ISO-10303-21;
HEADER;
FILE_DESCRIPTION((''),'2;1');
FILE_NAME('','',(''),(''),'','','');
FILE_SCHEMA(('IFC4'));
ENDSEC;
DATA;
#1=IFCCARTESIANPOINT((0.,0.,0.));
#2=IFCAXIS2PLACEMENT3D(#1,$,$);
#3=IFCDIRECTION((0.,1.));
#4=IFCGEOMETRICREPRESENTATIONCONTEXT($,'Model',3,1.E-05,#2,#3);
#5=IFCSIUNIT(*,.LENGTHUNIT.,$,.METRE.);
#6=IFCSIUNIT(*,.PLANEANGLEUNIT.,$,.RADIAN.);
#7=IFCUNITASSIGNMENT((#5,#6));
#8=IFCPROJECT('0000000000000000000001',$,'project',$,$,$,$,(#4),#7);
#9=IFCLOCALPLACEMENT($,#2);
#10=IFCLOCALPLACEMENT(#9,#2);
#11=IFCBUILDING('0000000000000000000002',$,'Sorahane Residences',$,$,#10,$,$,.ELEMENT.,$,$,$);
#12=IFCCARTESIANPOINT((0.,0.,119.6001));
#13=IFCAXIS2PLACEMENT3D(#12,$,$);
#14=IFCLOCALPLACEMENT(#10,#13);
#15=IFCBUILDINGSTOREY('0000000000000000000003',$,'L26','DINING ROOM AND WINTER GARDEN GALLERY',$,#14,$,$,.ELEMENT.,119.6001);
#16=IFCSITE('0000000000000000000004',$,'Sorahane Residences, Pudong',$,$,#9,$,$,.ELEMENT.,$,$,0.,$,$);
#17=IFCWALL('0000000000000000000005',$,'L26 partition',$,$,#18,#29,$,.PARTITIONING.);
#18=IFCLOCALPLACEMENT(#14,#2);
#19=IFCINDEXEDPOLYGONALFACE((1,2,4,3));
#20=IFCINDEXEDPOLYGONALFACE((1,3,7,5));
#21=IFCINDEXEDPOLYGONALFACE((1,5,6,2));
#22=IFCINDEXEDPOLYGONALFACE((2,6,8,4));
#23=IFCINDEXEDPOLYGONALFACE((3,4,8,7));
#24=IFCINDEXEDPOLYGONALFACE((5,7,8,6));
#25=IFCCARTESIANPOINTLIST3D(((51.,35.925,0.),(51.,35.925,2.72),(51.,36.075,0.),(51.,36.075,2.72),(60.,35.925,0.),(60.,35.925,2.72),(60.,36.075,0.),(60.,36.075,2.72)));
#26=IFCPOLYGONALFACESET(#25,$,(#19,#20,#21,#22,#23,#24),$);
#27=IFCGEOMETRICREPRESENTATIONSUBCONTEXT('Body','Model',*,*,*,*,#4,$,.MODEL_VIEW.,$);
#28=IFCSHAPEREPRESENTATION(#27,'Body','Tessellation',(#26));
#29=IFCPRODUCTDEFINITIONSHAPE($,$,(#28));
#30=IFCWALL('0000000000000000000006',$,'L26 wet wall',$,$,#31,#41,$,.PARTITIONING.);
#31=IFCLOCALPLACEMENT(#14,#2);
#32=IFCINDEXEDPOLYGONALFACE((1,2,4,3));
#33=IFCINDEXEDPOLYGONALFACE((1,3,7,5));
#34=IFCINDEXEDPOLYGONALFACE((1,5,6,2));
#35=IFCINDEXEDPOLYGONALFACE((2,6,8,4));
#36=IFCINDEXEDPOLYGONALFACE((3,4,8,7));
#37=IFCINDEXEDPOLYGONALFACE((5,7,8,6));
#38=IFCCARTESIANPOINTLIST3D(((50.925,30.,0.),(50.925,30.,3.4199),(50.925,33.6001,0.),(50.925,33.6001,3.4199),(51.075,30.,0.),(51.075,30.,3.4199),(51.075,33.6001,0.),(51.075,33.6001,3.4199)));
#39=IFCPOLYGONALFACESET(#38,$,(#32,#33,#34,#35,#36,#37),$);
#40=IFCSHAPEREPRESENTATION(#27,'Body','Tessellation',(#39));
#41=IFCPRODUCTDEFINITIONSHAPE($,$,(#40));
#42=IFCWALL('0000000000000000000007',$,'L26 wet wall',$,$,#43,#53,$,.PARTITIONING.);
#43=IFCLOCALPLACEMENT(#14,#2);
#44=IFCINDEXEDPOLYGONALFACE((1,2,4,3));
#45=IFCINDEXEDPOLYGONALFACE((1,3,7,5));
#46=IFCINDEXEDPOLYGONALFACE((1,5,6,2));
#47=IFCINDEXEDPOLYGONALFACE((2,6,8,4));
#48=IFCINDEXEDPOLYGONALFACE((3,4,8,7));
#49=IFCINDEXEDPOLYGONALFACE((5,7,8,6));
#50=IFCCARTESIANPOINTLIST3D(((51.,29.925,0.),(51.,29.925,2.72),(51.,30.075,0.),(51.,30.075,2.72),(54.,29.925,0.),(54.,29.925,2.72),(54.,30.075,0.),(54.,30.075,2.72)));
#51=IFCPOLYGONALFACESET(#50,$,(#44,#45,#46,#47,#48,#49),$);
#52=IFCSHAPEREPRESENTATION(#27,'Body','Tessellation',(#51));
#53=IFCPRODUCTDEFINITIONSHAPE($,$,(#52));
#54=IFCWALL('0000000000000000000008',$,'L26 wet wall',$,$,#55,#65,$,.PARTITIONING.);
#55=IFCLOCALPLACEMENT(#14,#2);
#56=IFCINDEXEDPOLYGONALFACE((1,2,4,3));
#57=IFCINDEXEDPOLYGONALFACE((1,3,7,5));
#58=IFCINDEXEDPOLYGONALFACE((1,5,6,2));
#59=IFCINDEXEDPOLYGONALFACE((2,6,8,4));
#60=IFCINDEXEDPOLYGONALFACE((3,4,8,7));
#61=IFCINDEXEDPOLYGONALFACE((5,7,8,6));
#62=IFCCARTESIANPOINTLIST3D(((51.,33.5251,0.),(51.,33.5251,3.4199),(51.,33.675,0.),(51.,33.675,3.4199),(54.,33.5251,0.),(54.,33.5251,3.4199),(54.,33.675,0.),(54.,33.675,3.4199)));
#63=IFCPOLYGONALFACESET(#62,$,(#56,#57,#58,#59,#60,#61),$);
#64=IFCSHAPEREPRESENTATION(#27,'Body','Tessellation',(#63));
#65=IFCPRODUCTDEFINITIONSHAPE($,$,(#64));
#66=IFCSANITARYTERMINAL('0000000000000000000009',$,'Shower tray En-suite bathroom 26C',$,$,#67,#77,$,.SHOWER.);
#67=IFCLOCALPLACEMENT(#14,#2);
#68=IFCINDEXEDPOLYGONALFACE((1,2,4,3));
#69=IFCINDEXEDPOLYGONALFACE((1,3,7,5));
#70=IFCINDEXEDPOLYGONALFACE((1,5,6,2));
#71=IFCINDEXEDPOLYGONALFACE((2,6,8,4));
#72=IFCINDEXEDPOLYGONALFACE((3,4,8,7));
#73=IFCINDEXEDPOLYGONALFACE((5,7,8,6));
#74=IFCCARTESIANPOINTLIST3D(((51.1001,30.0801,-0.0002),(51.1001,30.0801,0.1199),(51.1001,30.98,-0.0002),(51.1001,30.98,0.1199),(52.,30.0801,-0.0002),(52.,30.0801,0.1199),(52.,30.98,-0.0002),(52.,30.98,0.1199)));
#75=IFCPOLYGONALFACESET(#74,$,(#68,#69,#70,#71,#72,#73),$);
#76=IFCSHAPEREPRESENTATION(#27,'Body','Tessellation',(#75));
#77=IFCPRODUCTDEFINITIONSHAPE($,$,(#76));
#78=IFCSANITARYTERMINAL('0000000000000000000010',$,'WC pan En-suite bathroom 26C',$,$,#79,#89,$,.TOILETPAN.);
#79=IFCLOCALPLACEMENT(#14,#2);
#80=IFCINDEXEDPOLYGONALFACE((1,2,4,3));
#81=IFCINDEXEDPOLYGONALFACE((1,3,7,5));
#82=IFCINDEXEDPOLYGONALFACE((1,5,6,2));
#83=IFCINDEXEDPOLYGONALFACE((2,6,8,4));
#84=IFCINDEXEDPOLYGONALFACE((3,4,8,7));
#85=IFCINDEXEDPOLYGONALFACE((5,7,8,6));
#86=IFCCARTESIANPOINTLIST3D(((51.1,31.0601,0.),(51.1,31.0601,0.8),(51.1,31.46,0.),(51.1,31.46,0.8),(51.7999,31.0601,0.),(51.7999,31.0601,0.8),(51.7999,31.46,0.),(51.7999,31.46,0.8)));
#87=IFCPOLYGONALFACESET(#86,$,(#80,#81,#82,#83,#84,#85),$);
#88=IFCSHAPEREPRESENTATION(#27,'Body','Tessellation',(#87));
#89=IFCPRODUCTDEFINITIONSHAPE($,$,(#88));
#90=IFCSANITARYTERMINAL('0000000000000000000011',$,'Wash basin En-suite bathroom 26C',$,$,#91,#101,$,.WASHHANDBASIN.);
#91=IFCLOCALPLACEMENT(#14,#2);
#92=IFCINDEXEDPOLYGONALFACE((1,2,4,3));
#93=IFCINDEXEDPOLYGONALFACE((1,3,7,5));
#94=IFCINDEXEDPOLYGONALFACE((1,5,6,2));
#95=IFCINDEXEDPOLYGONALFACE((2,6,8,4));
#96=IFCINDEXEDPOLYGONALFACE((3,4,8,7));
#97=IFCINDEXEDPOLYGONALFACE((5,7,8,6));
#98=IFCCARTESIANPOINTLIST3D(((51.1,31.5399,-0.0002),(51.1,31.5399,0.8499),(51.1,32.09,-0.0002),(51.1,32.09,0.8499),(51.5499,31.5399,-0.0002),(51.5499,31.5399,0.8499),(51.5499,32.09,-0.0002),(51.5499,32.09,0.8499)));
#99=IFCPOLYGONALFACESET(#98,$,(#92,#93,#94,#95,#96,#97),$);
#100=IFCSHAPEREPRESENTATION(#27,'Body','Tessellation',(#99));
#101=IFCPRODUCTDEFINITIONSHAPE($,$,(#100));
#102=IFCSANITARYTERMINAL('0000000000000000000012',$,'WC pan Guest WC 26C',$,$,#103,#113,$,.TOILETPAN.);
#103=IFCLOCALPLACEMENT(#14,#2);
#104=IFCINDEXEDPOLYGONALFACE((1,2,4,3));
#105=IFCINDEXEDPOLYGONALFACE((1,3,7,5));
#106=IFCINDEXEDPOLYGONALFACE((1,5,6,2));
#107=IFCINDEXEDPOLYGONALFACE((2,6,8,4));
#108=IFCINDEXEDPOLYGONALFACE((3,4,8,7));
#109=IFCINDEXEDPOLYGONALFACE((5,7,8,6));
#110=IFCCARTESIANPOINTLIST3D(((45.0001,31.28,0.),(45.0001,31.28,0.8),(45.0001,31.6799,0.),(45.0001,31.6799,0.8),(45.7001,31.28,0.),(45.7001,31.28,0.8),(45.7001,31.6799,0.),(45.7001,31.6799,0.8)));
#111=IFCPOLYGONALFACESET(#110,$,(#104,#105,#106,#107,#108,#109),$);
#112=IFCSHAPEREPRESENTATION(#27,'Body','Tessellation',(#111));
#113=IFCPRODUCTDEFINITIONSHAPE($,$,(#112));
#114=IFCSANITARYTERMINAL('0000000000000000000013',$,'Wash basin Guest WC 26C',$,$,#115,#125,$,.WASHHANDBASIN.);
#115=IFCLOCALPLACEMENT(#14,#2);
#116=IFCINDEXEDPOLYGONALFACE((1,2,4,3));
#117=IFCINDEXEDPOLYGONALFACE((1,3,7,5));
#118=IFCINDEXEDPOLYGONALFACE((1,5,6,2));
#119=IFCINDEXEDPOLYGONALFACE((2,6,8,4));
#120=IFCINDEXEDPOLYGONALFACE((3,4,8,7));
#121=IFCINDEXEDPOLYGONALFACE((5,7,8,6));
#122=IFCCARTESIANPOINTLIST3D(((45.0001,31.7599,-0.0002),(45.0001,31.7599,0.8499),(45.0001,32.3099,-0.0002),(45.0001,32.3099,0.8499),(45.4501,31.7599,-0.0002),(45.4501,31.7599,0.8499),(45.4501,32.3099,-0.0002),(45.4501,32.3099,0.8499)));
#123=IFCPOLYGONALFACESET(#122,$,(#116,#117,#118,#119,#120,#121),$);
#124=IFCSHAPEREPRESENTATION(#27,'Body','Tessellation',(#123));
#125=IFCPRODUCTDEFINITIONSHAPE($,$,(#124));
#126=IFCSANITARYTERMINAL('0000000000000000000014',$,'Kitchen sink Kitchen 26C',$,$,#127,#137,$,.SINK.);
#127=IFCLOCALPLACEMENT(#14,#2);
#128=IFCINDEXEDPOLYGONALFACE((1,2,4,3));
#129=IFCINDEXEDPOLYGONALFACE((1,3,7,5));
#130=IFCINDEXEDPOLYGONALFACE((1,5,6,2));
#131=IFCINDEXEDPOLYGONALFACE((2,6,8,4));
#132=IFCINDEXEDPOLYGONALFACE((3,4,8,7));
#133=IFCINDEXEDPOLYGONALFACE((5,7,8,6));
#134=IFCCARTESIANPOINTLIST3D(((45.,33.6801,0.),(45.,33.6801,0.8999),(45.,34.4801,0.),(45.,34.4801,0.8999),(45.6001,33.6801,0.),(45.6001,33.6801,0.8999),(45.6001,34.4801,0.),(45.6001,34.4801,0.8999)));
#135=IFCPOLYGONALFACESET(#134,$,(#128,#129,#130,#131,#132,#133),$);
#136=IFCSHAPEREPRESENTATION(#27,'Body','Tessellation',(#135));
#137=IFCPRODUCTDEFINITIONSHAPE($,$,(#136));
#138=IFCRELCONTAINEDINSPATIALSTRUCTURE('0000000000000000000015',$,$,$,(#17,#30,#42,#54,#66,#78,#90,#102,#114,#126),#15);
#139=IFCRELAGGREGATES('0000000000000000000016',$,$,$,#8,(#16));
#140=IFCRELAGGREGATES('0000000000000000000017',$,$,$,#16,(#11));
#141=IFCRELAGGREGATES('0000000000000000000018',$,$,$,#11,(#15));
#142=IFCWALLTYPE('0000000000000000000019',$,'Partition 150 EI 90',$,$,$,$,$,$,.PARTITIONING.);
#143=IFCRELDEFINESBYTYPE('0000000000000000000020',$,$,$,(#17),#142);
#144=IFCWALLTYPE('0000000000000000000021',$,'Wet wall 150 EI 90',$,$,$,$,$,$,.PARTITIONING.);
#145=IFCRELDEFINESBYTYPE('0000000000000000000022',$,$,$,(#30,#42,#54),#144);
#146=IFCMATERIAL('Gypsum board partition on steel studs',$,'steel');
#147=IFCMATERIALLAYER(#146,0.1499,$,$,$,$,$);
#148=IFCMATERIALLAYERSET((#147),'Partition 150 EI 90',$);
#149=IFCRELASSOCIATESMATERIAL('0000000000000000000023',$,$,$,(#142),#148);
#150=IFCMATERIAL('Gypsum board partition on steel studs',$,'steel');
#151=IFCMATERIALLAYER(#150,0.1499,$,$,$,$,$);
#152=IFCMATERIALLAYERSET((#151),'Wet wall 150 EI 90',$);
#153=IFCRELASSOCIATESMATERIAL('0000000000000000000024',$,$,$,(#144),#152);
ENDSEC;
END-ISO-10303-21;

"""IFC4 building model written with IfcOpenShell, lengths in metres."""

from ifc_helpers import new_model, si_unit, direction, frame, frame_2d, origin, origin_2d, place, context, subcontext, project, spatial, rectangle, extrude, material, layer, layer_set, type_object, element, save


model = new_model("IFC4")

# Units and contexts
model_context = context("Model", 3, precision=1e-05, world=origin(), true_north=direction((0.0, 1.0)))
body_context = subcontext(model_context, "Body", "Model", "MODEL_VIEW")
ifc_project = project(units=[si_unit("LENGTHUNIT", "METRE"), si_unit("PLANEANGLEUNIT", "RADIAN")], contexts=[model_context])

# Site, building, storey
site_placement = place(None, origin())
site = spatial("IfcSite", under=ifc_project, at=site_placement, Name="Sorahane Residences, Pudong", CompositionType="ELEMENT", RefElevation=0.0)
building_placement = place(site_placement, origin())
building = spatial("IfcBuilding", under=site, at=building_placement, Name="Sorahane Residences", CompositionType="ELEMENT")
storey_placement = place(building_placement, frame((0.0, 0.0, 119.6001)))
storey = spatial("IfcBuildingStorey", under=building, at=storey_placement, Name="L26", Description="DINING ROOM AND WINTER GARDEN GALLERY", CompositionType="ELEMENT", Elevation=119.6001)

# Shared definitions
ifc_material_1 = material(Name="Gypsum board partition on steel studs", Category="steel")
ifc_layer_1 = layer(ifc_material_1, 0.1499)
ifc_layer_set_1 = layer_set([ifc_layer_1], Name="Partition 150 EI 90")
wall_type_1 = type_object("IfcWallType", Name="Partition 150 EI 90", PredefinedType="PARTITIONING", material=ifc_layer_set_1)

# Wall
wall_1_placement = place(storey_placement, frame((51.0, 36.0, 0.0), z_axis=(0.0, 0.0, 1.0), x_axis=(1.0, 0.0, 0.0)))
element("IfcWall", 1, at=wall_1_placement, inside=storey, type_object=wall_type_1, Name="L26 partition", PredefinedType="PARTITIONING", context=body_context, shape_type="SweptSolid", body=[
    extrude(rectangle(XDim=9.0, YDim=0.1499, at=frame_2d((4.5, 0.0))), origin(), (0.0, 0.0, 1.0), 2.72),
])

# Shared definitions
ifc_material_2 = material(Name="Gypsum board partition on steel studs", Category="steel")
ifc_layer_2 = layer(ifc_material_2, 0.1499)
ifc_layer_set_2 = layer_set([ifc_layer_2], Name="Wet wall 150 EI 90")
wall_type_2 = type_object("IfcWallType", Name="Wet wall 150 EI 90", PredefinedType="PARTITIONING", material=ifc_layer_set_2)

# Wall
wall_2_placement = place(storey_placement, frame((51.0, 30.0, 0.0), z_axis=(0.0, 0.0, 1.0), x_axis=(0.0, 1.0, 0.0)))
element("IfcWall", 2, at=wall_2_placement, inside=storey, type_object=wall_type_2, Name="L26 wet wall", PredefinedType="PARTITIONING", context=body_context, shape_type="SweptSolid", body=[
    extrude(rectangle(XDim=3.6001, YDim=0.1499, at=frame_2d((1.8, 0.0))), origin(), (0.0, 0.0, 1.0), 3.4199),
])

# Walls
wall_3_placement = place(storey_placement, frame((51.0, 30.0, 0.0), z_axis=(0.0, 0.0, 1.0), x_axis=(1.0, 0.0, 0.0)))
element("IfcWall", 3, at=wall_3_placement, inside=storey, type_object=wall_type_2, Name="L26 wet wall", PredefinedType="PARTITIONING", context=body_context, shape_type="SweptSolid", body=[
    extrude(rectangle(XDim=3.0, YDim=0.1499, at=frame_2d((1.5, 0.0))), origin(), (0.0, 0.0, 1.0), 2.72),
])
wall_4_placement = place(storey_placement, frame((51.0, 33.6001, 0.0), z_axis=(0.0, 0.0, 1.0), x_axis=(1.0, 0.0, 0.0)))
element("IfcWall", 4, at=wall_4_placement, inside=storey, type_object=wall_type_2, Name="L26 wet wall", PredefinedType="PARTITIONING", context=body_context, shape_type="SweptSolid", body=[
    extrude(rectangle(XDim=3.0, YDim=0.1499, at=frame_2d((1.5, 0.0))), origin(), (0.0, 0.0, 1.0), 3.4199),
])

# Sanitary terminals
sanitary_terminal_1_placement = place(storey_placement, frame((51.55, 30.53, -0.0002), z_axis=(0.0, 0.0, 1.0), x_axis=(0.0, 1.0, 0.0)))
element("IfcSanitaryTerminal", 5, at=sanitary_terminal_1_placement, inside=storey, Name="Shower tray En-suite bathroom 26C", PredefinedType="SHOWER", context=body_context, shape_type="SweptSolid", body=[
    extrude(rectangle(XDim=0.8999, YDim=0.8999, at=origin_2d()), origin(), (0.0, 0.0, 1.0), 0.1201),
])
sanitary_terminal_2_placement = place(storey_placement, frame((51.45, 31.26, 0.0), z_axis=(0.0, 0.0, 1.0), x_axis=(0.0, 1.0, 0.0)))
element("IfcSanitaryTerminal", 6, at=sanitary_terminal_2_placement, inside=storey, Name="WC pan En-suite bathroom 26C", PredefinedType="TOILETPAN", context=body_context, shape_type="SweptSolid", body=[
    extrude(rectangle(XDim=0.3999, YDim=0.7, at=origin_2d()), origin(), (0.0, 0.0, 1.0), 0.8),
])
sanitary_terminal_3_placement = place(storey_placement, frame((51.325, 31.8149, -0.0002), z_axis=(0.0, 0.0, 1.0), x_axis=(0.0, 1.0, 0.0)))
element("IfcSanitaryTerminal", 7, at=sanitary_terminal_3_placement, inside=storey, Name="Wash basin En-suite bathroom 26C", PredefinedType="WASHHANDBASIN", context=body_context, shape_type="SweptSolid", body=[
    extrude(rectangle(XDim=0.55, YDim=0.45, at=origin_2d()), origin(), (0.0, 0.0, 1.0), 0.8501),
])
sanitary_terminal_4_placement = place(storey_placement, frame((45.3501, 31.48, 0.0), z_axis=(0.0, 0.0, 1.0), x_axis=(0.0, 1.0, 0.0)))
element("IfcSanitaryTerminal", 8, at=sanitary_terminal_4_placement, inside=storey, Name="WC pan Guest WC 26C", PredefinedType="TOILETPAN", context=body_context, shape_type="SweptSolid", body=[
    extrude(rectangle(XDim=0.3999, YDim=0.7, at=origin_2d()), origin(), (0.0, 0.0, 1.0), 0.8),
])
sanitary_terminal_5_placement = place(storey_placement, frame((45.2251, 32.0349, -0.0002), z_axis=(0.0, 0.0, 1.0), x_axis=(0.0, 1.0, 0.0)))
element("IfcSanitaryTerminal", 9, at=sanitary_terminal_5_placement, inside=storey, Name="Wash basin Guest WC 26C", PredefinedType="WASHHANDBASIN", context=body_context, shape_type="SweptSolid", body=[
    extrude(rectangle(XDim=0.55, YDim=0.45, at=origin_2d()), origin(), (0.0, 0.0, 1.0), 0.8501),
])
sanitary_terminal_6_placement = place(storey_placement, frame((45.3, 34.0801, 0.0), z_axis=(0.0, 0.0, 1.0), x_axis=(0.0, 1.0, 0.0)))
element("IfcSanitaryTerminal", 10, at=sanitary_terminal_6_placement, inside=storey, Name="Kitchen sink Kitchen 26C", PredefinedType="SINK", context=body_context, shape_type="SweptSolid", body=[
    extrude(rectangle(XDim=0.8, YDim=0.6001, at=origin_2d()), origin(), (0.0, 0.0, 1.0), 0.8999),
])

save(model, "model.ifc")
